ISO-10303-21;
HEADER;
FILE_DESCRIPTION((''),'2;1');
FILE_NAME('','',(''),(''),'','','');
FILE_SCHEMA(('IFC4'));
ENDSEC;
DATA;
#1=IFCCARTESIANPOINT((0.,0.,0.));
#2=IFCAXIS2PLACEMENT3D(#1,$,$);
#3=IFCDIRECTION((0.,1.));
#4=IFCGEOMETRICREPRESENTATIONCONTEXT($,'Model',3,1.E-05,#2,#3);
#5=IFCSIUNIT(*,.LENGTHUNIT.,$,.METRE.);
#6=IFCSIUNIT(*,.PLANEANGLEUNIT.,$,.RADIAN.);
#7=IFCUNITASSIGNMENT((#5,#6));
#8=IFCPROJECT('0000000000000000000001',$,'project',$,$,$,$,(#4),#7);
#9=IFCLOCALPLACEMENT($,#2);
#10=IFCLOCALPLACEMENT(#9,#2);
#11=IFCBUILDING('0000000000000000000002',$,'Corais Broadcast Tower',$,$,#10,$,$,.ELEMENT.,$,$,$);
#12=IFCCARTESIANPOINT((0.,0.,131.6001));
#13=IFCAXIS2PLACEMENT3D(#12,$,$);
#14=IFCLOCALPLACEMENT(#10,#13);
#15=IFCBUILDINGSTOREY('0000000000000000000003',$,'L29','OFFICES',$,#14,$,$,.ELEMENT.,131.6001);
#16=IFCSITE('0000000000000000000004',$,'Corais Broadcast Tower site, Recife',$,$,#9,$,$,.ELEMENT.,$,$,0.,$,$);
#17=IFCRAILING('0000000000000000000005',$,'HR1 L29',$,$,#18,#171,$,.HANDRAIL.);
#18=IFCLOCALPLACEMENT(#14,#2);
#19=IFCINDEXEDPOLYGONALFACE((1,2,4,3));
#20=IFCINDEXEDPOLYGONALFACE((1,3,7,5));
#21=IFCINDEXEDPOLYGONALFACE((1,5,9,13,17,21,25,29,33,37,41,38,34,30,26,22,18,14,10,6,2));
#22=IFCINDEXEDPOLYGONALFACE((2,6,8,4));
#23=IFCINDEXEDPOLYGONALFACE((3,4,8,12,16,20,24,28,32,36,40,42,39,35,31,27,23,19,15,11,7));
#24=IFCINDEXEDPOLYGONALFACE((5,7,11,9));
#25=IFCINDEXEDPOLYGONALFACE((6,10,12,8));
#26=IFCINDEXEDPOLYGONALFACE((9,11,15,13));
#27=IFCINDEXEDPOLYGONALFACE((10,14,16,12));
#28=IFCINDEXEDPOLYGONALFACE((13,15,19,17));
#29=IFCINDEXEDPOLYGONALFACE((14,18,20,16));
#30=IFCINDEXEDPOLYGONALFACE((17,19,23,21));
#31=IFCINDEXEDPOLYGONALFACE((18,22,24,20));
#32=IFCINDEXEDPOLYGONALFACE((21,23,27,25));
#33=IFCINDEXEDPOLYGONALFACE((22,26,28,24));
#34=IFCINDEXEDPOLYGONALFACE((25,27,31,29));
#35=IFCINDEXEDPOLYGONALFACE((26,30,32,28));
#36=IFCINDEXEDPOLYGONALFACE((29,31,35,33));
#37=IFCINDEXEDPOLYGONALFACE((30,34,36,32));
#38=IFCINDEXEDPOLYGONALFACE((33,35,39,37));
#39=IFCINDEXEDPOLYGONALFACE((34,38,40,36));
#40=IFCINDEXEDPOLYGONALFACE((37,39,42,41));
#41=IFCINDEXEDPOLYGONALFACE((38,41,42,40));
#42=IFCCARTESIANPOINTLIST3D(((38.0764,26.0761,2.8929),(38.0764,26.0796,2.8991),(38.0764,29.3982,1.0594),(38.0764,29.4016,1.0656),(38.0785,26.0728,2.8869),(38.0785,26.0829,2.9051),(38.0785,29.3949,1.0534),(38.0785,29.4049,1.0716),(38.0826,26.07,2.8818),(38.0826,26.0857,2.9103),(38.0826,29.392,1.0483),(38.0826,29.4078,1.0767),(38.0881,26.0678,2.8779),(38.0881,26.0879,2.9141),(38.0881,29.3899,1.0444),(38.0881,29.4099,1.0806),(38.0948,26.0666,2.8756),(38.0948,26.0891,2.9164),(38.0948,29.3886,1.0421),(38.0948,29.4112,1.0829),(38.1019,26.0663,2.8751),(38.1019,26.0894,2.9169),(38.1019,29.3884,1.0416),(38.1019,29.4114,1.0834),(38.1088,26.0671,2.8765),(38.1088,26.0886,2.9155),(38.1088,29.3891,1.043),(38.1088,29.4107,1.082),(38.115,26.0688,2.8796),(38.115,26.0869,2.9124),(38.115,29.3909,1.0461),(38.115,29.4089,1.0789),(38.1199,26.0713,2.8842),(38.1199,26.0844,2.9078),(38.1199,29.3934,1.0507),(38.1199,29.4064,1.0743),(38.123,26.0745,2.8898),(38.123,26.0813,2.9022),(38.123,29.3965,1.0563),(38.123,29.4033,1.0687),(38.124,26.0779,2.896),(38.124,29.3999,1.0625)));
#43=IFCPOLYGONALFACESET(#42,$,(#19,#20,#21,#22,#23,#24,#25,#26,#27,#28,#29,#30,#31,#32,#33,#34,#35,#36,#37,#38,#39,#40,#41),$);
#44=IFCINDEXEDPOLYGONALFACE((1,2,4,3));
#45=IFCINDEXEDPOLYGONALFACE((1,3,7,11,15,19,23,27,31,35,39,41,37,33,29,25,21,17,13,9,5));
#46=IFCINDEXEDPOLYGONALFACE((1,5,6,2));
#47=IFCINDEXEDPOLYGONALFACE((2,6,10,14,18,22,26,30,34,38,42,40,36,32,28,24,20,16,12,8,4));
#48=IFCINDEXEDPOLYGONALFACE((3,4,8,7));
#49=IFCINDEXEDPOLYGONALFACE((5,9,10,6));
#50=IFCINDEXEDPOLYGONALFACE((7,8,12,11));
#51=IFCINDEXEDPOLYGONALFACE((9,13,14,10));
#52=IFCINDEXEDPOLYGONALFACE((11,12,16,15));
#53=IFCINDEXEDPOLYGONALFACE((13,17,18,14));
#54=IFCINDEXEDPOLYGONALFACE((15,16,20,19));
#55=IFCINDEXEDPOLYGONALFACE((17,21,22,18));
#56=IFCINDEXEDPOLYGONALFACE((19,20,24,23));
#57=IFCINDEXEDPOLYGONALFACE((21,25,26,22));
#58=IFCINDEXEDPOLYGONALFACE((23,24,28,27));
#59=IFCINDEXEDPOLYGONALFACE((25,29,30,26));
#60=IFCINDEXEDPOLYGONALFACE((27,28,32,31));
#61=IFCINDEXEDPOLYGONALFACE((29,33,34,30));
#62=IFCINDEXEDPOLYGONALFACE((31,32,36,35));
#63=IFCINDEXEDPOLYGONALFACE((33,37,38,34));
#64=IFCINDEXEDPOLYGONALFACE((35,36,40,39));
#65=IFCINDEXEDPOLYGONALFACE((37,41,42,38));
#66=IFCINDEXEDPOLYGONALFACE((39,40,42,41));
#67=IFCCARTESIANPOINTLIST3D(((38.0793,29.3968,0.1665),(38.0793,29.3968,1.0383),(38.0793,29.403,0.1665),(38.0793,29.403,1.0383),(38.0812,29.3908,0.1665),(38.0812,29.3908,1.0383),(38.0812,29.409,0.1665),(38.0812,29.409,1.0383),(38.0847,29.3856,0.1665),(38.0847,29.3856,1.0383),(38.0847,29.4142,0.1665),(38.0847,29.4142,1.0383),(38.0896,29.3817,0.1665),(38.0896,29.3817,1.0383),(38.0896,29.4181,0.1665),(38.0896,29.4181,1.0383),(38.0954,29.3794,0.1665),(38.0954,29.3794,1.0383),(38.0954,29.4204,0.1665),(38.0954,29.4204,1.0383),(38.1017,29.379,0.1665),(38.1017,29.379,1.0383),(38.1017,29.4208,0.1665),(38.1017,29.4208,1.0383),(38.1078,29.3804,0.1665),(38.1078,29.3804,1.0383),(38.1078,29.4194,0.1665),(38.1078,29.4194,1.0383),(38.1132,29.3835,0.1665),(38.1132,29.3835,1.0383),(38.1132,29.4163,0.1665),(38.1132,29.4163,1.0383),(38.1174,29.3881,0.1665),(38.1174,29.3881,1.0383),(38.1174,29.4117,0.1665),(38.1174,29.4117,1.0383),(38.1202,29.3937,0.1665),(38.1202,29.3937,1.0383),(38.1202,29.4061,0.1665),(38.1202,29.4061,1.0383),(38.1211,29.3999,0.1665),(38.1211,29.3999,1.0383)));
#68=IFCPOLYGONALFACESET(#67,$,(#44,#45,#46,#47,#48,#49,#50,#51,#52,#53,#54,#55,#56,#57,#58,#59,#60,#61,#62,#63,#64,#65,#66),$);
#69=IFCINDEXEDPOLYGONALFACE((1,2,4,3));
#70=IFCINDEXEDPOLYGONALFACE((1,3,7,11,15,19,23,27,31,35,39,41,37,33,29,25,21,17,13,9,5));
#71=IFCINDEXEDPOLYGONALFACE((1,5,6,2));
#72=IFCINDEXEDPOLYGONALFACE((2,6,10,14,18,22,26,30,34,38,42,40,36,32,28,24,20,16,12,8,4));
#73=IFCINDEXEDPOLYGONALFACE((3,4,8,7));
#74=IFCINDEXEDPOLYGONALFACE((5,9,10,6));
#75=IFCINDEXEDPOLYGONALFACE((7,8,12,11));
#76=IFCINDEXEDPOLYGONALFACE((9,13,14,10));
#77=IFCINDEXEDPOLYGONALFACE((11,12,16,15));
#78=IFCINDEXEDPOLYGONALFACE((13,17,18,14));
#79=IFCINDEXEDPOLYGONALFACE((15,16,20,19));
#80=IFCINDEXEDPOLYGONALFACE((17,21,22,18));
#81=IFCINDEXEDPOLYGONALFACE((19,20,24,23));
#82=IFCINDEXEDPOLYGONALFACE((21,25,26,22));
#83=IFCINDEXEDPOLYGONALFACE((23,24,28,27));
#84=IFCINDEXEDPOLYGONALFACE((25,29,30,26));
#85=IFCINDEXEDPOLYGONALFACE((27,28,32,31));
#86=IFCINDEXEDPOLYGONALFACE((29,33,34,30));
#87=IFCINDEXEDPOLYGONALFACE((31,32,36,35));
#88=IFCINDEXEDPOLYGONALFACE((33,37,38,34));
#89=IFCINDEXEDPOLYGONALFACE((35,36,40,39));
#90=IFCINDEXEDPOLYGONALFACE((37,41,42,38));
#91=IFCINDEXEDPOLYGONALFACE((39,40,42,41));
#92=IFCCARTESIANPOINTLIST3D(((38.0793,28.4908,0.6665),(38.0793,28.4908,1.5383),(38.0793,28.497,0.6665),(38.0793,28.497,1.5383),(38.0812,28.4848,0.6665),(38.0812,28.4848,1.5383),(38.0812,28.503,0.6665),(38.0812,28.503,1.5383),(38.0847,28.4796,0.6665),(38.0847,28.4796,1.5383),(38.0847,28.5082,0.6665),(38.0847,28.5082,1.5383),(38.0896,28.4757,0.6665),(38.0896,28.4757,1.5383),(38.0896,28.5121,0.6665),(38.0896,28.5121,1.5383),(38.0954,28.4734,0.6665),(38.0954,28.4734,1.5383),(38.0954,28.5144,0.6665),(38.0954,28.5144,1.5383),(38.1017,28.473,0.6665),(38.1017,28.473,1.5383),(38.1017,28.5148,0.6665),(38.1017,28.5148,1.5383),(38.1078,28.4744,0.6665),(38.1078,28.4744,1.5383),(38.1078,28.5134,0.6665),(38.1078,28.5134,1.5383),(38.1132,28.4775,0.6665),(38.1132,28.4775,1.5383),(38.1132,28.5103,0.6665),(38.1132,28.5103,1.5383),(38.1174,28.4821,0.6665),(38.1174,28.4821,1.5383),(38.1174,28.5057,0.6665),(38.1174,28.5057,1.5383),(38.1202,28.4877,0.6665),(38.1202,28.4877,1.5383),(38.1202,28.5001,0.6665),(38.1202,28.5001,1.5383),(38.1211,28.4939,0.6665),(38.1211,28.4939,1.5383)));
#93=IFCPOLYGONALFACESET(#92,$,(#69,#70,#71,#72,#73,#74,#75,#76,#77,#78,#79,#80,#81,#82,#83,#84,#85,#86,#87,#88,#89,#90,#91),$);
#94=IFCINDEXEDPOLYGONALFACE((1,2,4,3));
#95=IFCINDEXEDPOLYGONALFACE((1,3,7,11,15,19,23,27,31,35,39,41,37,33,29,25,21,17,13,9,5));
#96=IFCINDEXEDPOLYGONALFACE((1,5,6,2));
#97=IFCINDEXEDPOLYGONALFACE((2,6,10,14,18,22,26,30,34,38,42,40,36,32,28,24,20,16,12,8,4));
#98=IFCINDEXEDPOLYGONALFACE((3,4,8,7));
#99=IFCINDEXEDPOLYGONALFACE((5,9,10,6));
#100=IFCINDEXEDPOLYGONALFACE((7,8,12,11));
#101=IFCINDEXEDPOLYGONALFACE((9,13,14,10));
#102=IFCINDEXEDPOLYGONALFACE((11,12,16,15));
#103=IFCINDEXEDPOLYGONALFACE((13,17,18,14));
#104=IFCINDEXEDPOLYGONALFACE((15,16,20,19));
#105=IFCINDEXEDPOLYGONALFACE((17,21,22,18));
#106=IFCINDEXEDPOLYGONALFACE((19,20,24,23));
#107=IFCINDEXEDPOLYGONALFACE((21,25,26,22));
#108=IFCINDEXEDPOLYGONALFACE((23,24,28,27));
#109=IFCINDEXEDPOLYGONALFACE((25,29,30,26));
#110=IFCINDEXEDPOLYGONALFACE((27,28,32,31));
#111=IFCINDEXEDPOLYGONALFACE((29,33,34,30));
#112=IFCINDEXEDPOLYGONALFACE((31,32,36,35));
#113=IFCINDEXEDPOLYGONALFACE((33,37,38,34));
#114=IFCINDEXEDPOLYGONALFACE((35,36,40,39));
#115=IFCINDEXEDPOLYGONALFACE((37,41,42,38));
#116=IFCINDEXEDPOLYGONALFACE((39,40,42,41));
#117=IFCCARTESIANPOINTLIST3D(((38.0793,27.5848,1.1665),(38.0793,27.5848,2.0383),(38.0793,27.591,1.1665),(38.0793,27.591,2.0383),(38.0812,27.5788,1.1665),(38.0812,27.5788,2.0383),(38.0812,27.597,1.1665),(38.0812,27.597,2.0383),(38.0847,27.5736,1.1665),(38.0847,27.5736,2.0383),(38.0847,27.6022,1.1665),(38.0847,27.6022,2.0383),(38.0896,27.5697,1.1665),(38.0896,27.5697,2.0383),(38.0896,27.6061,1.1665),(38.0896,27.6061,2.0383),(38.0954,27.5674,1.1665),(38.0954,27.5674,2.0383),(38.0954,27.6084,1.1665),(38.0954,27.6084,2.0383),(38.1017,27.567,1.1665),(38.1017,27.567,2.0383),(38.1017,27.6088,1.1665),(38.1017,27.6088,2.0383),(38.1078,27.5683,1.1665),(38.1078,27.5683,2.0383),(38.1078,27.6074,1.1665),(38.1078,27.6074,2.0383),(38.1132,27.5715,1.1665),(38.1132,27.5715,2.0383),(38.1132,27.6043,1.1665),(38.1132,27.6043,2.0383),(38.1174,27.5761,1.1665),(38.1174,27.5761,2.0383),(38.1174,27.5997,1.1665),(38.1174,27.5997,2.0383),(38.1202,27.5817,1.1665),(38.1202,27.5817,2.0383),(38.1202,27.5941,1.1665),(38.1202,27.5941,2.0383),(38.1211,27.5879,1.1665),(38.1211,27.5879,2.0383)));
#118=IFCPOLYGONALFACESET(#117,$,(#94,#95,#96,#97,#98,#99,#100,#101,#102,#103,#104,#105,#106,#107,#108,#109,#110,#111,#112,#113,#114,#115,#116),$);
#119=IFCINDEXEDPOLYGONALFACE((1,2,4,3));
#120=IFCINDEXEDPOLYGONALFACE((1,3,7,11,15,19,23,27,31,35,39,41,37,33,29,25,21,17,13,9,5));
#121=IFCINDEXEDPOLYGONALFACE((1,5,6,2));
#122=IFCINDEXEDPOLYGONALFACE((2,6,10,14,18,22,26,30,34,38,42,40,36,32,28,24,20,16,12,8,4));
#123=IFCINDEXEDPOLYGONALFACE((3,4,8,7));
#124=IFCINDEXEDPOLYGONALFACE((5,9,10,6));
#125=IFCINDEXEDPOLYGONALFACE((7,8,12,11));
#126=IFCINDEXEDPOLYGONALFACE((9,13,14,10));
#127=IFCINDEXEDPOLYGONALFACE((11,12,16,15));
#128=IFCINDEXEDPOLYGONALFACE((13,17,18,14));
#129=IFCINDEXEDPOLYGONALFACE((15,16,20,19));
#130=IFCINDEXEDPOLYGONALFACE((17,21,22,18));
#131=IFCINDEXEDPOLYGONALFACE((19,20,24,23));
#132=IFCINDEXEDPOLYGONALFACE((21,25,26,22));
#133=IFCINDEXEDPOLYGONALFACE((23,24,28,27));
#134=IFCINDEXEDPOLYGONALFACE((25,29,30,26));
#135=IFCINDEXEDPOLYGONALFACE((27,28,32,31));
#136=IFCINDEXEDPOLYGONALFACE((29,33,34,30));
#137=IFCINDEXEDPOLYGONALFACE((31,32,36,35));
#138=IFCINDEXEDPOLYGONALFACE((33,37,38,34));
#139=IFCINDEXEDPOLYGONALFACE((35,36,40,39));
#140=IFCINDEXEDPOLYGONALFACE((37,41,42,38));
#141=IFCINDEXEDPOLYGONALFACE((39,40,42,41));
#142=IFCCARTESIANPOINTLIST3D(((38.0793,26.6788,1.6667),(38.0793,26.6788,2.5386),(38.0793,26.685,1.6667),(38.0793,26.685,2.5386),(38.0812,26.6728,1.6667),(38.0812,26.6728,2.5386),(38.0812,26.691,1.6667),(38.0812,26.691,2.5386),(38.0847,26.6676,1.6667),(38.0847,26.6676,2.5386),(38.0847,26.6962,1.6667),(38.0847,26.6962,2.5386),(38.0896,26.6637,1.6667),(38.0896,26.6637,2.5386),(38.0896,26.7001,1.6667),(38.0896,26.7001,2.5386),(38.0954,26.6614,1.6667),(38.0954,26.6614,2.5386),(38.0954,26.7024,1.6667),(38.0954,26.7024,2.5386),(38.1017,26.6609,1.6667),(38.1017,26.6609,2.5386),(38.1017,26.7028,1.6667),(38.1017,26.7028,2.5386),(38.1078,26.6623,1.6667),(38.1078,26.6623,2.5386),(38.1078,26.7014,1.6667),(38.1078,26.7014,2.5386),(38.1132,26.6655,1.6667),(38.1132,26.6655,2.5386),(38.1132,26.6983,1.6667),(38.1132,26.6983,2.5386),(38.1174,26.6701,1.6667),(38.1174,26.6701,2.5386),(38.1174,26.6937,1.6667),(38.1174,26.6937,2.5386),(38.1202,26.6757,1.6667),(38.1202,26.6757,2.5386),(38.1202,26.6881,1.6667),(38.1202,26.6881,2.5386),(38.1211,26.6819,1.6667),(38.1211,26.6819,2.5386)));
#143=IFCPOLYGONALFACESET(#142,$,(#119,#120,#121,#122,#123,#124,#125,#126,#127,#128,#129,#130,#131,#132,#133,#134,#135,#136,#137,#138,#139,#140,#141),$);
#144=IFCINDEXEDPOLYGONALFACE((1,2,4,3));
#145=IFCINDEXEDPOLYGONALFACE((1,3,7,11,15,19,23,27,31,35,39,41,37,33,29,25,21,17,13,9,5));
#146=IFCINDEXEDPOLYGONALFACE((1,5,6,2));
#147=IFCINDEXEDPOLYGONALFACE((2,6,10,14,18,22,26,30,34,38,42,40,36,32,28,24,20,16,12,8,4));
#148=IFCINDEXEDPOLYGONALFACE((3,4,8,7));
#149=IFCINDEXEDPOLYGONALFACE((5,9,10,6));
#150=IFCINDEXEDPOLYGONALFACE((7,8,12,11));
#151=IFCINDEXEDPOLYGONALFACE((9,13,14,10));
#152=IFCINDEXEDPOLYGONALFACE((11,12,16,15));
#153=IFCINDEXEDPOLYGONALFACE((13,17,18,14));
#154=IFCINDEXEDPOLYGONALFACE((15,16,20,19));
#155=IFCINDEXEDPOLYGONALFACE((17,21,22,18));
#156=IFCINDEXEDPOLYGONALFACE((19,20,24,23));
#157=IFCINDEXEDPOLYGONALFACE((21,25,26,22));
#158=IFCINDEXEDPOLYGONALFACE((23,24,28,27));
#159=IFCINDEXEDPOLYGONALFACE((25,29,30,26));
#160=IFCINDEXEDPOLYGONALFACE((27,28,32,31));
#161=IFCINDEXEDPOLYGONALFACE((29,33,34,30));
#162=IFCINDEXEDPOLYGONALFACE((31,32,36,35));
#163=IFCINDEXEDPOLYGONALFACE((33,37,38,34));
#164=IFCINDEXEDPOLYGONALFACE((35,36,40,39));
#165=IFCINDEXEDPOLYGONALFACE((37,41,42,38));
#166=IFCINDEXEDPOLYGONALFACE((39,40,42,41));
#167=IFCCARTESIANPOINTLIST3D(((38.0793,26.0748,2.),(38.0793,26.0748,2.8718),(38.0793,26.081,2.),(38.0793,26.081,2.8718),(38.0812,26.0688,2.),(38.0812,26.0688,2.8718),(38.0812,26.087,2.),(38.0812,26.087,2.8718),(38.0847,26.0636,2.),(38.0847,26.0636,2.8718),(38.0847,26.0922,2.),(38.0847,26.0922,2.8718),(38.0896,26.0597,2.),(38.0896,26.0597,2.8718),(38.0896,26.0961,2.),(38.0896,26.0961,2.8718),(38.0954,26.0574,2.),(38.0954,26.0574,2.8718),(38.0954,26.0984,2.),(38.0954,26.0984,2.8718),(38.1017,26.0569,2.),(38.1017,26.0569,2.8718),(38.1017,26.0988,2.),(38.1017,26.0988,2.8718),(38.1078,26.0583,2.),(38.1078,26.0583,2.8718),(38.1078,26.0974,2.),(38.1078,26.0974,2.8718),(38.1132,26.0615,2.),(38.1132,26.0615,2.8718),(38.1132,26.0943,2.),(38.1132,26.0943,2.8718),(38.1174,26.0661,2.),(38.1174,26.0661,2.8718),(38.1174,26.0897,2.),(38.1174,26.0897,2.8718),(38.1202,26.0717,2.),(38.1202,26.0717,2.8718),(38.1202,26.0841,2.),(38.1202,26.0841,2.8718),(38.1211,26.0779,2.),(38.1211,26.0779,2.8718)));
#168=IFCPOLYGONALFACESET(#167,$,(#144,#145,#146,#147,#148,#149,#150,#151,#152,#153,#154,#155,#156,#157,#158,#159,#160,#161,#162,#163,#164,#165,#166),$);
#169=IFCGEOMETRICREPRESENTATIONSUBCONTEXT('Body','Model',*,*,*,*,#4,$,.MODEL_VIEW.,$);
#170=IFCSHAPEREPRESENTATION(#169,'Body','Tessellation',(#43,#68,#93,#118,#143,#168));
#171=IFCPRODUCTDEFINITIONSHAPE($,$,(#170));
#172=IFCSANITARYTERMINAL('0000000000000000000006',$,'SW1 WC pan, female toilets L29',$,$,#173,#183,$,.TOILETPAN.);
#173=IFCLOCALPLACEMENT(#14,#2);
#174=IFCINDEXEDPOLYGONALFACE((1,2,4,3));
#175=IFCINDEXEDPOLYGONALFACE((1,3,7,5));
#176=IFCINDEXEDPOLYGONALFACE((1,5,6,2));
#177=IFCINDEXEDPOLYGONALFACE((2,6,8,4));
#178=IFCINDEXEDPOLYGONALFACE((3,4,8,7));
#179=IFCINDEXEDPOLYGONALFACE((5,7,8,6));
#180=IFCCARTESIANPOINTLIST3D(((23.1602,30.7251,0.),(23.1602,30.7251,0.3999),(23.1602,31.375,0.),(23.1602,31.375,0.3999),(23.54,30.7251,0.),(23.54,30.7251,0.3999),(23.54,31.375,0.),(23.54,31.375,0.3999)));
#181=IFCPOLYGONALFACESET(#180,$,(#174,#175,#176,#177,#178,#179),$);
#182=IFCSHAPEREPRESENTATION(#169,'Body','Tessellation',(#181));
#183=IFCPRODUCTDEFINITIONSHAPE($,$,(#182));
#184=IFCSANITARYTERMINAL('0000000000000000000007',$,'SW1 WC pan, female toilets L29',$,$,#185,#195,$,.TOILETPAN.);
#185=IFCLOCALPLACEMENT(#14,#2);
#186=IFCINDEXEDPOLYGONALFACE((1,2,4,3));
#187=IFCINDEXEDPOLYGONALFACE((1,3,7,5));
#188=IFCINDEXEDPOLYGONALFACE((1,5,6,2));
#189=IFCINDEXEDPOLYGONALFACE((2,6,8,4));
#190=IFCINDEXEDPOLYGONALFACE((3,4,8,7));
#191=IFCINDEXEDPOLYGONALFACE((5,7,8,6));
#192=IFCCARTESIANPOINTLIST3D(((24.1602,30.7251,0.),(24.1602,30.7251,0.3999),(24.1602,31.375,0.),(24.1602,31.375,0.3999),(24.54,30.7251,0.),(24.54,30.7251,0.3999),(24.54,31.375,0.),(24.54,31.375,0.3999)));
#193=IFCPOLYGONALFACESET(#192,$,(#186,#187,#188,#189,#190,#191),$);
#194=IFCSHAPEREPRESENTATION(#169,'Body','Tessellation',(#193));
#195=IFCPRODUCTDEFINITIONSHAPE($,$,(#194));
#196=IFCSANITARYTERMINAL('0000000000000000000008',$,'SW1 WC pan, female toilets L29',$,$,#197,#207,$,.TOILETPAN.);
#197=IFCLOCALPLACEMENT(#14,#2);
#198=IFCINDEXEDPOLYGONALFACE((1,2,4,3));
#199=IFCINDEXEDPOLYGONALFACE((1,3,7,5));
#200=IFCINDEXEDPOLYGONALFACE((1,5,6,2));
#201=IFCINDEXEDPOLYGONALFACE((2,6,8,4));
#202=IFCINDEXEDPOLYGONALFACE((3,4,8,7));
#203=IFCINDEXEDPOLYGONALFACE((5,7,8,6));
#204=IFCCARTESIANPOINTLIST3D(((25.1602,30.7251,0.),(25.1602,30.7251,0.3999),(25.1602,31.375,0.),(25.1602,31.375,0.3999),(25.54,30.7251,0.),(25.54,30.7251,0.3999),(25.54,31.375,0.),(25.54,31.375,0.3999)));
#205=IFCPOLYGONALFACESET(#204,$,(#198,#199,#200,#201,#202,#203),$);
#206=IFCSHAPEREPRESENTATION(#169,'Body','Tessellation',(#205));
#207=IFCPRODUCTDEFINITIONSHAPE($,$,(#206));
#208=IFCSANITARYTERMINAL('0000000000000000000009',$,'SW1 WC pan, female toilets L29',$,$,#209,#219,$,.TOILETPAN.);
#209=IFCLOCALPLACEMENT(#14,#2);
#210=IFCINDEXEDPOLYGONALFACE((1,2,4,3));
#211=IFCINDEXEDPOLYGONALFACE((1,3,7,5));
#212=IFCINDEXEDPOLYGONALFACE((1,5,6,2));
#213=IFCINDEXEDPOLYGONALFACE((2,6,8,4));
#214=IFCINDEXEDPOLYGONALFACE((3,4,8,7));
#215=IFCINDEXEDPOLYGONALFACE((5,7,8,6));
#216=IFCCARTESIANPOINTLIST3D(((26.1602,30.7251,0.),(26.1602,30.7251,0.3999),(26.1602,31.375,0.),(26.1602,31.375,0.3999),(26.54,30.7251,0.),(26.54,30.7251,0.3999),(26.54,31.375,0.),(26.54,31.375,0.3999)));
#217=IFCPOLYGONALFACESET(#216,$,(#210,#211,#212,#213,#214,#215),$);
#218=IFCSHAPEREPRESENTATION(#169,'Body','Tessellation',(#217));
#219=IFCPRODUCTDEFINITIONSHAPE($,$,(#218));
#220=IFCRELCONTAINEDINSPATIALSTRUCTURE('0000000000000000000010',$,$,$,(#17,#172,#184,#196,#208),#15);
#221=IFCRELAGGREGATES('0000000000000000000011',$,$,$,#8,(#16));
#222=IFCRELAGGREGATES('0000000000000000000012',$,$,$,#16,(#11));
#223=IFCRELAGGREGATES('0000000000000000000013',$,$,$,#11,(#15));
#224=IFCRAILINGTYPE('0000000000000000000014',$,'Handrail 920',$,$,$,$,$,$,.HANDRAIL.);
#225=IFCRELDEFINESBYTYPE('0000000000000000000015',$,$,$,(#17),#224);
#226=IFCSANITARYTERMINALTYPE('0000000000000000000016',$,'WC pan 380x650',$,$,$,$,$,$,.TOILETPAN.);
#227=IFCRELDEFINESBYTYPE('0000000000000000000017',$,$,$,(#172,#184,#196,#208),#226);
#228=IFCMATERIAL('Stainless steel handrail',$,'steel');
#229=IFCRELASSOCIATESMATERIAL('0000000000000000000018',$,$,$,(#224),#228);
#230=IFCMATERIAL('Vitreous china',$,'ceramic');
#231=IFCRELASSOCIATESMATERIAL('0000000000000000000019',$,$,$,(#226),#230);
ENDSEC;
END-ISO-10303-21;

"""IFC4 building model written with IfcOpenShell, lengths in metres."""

from ifc_helpers import new_model, si_unit, direction, frame, origin, origin_2d, place, context, subcontext, project, spatial, rectangle, circle, extrude, material, type_object, element, save


model = new_model("IFC4")

# Units and contexts
model_context = context("Model", 3, precision=1e-05, world=origin(), true_north=direction((0.0, 1.0)))
body_context = subcontext(model_context, "Body", "Model", "MODEL_VIEW")
ifc_project = project(units=[si_unit("LENGTHUNIT", "METRE"), si_unit("PLANEANGLEUNIT", "RADIAN")], contexts=[model_context])

# Site, building, storey
site_placement = place(None, origin())
site = spatial("IfcSite", under=ifc_project, at=site_placement, Name="Corais Broadcast Tower site, Recife", CompositionType="ELEMENT", RefElevation=0.0)
building_placement = place(site_placement, origin())
building = spatial("IfcBuilding", under=site, at=building_placement, Name="Corais Broadcast Tower", CompositionType="ELEMENT")
storey_placement = place(building_placement, frame((0.0, 0.0, 131.6001)))
storey = spatial("IfcBuildingStorey", under=building, at=storey_placement, Name="L29", Description="OFFICES", CompositionType="ELEMENT", Elevation=131.6001)

# Railing
ifc_material_1 = material(Name="Stainless steel handrail", Category="steel")
railing_type = type_object("IfcRailingType", Name="Handrail 920", PredefinedType="HANDRAIL", material=ifc_material_1)
for number, where, name in (
    (1, (38.1001, 29.3999, 0.1665), "HR1 L29"),
):
    element("IfcRailing", number, at=place(storey_placement, frame(where)), inside=storey, type_object=railing_type, Name=name, PredefinedType="HANDRAIL", context=body_context, shape_type="SweptSolid", body=[
        extrude(circle(Radius=0.0239, at=origin_2d()), frame((0.0, 0.0, 0.896), z_axis=(0.0, -0.875504, 0.48321), x_axis=(1.0, 0.0, 0.0)), (0.0, 0.0, 1.0), 3.7944),
        extrude(circle(Radius=0.021, at=origin_2d()), origin(), (0.0, 0.0, 1.0), 0.8718),
        extrude(circle(Radius=0.021, at=origin_2d()), frame((0.0, -0.906, 0.5)), (0.0, 0.0, 1.0), 0.8718),
        extrude(circle(Radius=0.021, at=origin_2d()), frame((0.0, -1.812, 1.0)), (0.0, 0.0, 1.0), 0.8718),
        extrude(circle(Radius=0.021, at=origin_2d()), frame((0.0, -2.718, 1.5002)), (0.0, 0.0, 1.0), 0.8718),
        extrude(circle(Radius=0.021, at=origin_2d()), frame((0.0, -3.322, 1.8335)), (0.0, 0.0, 1.0), 0.8718),
    ])

# Sanitary terminals
ifc_material_2 = material(Name="Vitreous china", Category="ceramic")
sanitary_terminal_type_1 = type_object("IfcSanitaryTerminalType", Name="WC pan 380x650", PredefinedType="TOILETPAN", material=ifc_material_2)
for number, where, z_axis, x_axis, name in (
    (2, (23.3501, 31.05, 0.0), (0.0, 0.0, 1.0), (1.0, 0.0, 0.0), "SW1 WC pan, female toilets L29"),
    (3, (24.3501, 31.05, 0.0), (0.0, 0.0, 1.0), (1.0, 0.0, 0.0), "SW1 WC pan, female toilets L29"),
    (4, (25.3501, 31.05, 0.0), (0.0, 0.0, 1.0), (1.0, 0.0, 0.0), "SW1 WC pan, female toilets L29"),
    (5, (26.3501, 31.05, 0.0), (0.0, 0.0, 1.0), (1.0, 0.0, 0.0), "SW1 WC pan, female toilets L29"),
):
    element("IfcSanitaryTerminal", number, at=place(storey_placement, frame(where, z_axis=z_axis, x_axis=x_axis)), inside=storey, type_object=sanitary_terminal_type_1, Name=name, PredefinedType="TOILETPAN", context=body_context, shape_type="SweptSolid", body=[
        extrude(rectangle(XDim=0.3799, YDim=0.6499, at=origin_2d()), origin(), (0.0, 0.0, 1.0), 0.3999),
    ])

save(model, "model.ifc")
